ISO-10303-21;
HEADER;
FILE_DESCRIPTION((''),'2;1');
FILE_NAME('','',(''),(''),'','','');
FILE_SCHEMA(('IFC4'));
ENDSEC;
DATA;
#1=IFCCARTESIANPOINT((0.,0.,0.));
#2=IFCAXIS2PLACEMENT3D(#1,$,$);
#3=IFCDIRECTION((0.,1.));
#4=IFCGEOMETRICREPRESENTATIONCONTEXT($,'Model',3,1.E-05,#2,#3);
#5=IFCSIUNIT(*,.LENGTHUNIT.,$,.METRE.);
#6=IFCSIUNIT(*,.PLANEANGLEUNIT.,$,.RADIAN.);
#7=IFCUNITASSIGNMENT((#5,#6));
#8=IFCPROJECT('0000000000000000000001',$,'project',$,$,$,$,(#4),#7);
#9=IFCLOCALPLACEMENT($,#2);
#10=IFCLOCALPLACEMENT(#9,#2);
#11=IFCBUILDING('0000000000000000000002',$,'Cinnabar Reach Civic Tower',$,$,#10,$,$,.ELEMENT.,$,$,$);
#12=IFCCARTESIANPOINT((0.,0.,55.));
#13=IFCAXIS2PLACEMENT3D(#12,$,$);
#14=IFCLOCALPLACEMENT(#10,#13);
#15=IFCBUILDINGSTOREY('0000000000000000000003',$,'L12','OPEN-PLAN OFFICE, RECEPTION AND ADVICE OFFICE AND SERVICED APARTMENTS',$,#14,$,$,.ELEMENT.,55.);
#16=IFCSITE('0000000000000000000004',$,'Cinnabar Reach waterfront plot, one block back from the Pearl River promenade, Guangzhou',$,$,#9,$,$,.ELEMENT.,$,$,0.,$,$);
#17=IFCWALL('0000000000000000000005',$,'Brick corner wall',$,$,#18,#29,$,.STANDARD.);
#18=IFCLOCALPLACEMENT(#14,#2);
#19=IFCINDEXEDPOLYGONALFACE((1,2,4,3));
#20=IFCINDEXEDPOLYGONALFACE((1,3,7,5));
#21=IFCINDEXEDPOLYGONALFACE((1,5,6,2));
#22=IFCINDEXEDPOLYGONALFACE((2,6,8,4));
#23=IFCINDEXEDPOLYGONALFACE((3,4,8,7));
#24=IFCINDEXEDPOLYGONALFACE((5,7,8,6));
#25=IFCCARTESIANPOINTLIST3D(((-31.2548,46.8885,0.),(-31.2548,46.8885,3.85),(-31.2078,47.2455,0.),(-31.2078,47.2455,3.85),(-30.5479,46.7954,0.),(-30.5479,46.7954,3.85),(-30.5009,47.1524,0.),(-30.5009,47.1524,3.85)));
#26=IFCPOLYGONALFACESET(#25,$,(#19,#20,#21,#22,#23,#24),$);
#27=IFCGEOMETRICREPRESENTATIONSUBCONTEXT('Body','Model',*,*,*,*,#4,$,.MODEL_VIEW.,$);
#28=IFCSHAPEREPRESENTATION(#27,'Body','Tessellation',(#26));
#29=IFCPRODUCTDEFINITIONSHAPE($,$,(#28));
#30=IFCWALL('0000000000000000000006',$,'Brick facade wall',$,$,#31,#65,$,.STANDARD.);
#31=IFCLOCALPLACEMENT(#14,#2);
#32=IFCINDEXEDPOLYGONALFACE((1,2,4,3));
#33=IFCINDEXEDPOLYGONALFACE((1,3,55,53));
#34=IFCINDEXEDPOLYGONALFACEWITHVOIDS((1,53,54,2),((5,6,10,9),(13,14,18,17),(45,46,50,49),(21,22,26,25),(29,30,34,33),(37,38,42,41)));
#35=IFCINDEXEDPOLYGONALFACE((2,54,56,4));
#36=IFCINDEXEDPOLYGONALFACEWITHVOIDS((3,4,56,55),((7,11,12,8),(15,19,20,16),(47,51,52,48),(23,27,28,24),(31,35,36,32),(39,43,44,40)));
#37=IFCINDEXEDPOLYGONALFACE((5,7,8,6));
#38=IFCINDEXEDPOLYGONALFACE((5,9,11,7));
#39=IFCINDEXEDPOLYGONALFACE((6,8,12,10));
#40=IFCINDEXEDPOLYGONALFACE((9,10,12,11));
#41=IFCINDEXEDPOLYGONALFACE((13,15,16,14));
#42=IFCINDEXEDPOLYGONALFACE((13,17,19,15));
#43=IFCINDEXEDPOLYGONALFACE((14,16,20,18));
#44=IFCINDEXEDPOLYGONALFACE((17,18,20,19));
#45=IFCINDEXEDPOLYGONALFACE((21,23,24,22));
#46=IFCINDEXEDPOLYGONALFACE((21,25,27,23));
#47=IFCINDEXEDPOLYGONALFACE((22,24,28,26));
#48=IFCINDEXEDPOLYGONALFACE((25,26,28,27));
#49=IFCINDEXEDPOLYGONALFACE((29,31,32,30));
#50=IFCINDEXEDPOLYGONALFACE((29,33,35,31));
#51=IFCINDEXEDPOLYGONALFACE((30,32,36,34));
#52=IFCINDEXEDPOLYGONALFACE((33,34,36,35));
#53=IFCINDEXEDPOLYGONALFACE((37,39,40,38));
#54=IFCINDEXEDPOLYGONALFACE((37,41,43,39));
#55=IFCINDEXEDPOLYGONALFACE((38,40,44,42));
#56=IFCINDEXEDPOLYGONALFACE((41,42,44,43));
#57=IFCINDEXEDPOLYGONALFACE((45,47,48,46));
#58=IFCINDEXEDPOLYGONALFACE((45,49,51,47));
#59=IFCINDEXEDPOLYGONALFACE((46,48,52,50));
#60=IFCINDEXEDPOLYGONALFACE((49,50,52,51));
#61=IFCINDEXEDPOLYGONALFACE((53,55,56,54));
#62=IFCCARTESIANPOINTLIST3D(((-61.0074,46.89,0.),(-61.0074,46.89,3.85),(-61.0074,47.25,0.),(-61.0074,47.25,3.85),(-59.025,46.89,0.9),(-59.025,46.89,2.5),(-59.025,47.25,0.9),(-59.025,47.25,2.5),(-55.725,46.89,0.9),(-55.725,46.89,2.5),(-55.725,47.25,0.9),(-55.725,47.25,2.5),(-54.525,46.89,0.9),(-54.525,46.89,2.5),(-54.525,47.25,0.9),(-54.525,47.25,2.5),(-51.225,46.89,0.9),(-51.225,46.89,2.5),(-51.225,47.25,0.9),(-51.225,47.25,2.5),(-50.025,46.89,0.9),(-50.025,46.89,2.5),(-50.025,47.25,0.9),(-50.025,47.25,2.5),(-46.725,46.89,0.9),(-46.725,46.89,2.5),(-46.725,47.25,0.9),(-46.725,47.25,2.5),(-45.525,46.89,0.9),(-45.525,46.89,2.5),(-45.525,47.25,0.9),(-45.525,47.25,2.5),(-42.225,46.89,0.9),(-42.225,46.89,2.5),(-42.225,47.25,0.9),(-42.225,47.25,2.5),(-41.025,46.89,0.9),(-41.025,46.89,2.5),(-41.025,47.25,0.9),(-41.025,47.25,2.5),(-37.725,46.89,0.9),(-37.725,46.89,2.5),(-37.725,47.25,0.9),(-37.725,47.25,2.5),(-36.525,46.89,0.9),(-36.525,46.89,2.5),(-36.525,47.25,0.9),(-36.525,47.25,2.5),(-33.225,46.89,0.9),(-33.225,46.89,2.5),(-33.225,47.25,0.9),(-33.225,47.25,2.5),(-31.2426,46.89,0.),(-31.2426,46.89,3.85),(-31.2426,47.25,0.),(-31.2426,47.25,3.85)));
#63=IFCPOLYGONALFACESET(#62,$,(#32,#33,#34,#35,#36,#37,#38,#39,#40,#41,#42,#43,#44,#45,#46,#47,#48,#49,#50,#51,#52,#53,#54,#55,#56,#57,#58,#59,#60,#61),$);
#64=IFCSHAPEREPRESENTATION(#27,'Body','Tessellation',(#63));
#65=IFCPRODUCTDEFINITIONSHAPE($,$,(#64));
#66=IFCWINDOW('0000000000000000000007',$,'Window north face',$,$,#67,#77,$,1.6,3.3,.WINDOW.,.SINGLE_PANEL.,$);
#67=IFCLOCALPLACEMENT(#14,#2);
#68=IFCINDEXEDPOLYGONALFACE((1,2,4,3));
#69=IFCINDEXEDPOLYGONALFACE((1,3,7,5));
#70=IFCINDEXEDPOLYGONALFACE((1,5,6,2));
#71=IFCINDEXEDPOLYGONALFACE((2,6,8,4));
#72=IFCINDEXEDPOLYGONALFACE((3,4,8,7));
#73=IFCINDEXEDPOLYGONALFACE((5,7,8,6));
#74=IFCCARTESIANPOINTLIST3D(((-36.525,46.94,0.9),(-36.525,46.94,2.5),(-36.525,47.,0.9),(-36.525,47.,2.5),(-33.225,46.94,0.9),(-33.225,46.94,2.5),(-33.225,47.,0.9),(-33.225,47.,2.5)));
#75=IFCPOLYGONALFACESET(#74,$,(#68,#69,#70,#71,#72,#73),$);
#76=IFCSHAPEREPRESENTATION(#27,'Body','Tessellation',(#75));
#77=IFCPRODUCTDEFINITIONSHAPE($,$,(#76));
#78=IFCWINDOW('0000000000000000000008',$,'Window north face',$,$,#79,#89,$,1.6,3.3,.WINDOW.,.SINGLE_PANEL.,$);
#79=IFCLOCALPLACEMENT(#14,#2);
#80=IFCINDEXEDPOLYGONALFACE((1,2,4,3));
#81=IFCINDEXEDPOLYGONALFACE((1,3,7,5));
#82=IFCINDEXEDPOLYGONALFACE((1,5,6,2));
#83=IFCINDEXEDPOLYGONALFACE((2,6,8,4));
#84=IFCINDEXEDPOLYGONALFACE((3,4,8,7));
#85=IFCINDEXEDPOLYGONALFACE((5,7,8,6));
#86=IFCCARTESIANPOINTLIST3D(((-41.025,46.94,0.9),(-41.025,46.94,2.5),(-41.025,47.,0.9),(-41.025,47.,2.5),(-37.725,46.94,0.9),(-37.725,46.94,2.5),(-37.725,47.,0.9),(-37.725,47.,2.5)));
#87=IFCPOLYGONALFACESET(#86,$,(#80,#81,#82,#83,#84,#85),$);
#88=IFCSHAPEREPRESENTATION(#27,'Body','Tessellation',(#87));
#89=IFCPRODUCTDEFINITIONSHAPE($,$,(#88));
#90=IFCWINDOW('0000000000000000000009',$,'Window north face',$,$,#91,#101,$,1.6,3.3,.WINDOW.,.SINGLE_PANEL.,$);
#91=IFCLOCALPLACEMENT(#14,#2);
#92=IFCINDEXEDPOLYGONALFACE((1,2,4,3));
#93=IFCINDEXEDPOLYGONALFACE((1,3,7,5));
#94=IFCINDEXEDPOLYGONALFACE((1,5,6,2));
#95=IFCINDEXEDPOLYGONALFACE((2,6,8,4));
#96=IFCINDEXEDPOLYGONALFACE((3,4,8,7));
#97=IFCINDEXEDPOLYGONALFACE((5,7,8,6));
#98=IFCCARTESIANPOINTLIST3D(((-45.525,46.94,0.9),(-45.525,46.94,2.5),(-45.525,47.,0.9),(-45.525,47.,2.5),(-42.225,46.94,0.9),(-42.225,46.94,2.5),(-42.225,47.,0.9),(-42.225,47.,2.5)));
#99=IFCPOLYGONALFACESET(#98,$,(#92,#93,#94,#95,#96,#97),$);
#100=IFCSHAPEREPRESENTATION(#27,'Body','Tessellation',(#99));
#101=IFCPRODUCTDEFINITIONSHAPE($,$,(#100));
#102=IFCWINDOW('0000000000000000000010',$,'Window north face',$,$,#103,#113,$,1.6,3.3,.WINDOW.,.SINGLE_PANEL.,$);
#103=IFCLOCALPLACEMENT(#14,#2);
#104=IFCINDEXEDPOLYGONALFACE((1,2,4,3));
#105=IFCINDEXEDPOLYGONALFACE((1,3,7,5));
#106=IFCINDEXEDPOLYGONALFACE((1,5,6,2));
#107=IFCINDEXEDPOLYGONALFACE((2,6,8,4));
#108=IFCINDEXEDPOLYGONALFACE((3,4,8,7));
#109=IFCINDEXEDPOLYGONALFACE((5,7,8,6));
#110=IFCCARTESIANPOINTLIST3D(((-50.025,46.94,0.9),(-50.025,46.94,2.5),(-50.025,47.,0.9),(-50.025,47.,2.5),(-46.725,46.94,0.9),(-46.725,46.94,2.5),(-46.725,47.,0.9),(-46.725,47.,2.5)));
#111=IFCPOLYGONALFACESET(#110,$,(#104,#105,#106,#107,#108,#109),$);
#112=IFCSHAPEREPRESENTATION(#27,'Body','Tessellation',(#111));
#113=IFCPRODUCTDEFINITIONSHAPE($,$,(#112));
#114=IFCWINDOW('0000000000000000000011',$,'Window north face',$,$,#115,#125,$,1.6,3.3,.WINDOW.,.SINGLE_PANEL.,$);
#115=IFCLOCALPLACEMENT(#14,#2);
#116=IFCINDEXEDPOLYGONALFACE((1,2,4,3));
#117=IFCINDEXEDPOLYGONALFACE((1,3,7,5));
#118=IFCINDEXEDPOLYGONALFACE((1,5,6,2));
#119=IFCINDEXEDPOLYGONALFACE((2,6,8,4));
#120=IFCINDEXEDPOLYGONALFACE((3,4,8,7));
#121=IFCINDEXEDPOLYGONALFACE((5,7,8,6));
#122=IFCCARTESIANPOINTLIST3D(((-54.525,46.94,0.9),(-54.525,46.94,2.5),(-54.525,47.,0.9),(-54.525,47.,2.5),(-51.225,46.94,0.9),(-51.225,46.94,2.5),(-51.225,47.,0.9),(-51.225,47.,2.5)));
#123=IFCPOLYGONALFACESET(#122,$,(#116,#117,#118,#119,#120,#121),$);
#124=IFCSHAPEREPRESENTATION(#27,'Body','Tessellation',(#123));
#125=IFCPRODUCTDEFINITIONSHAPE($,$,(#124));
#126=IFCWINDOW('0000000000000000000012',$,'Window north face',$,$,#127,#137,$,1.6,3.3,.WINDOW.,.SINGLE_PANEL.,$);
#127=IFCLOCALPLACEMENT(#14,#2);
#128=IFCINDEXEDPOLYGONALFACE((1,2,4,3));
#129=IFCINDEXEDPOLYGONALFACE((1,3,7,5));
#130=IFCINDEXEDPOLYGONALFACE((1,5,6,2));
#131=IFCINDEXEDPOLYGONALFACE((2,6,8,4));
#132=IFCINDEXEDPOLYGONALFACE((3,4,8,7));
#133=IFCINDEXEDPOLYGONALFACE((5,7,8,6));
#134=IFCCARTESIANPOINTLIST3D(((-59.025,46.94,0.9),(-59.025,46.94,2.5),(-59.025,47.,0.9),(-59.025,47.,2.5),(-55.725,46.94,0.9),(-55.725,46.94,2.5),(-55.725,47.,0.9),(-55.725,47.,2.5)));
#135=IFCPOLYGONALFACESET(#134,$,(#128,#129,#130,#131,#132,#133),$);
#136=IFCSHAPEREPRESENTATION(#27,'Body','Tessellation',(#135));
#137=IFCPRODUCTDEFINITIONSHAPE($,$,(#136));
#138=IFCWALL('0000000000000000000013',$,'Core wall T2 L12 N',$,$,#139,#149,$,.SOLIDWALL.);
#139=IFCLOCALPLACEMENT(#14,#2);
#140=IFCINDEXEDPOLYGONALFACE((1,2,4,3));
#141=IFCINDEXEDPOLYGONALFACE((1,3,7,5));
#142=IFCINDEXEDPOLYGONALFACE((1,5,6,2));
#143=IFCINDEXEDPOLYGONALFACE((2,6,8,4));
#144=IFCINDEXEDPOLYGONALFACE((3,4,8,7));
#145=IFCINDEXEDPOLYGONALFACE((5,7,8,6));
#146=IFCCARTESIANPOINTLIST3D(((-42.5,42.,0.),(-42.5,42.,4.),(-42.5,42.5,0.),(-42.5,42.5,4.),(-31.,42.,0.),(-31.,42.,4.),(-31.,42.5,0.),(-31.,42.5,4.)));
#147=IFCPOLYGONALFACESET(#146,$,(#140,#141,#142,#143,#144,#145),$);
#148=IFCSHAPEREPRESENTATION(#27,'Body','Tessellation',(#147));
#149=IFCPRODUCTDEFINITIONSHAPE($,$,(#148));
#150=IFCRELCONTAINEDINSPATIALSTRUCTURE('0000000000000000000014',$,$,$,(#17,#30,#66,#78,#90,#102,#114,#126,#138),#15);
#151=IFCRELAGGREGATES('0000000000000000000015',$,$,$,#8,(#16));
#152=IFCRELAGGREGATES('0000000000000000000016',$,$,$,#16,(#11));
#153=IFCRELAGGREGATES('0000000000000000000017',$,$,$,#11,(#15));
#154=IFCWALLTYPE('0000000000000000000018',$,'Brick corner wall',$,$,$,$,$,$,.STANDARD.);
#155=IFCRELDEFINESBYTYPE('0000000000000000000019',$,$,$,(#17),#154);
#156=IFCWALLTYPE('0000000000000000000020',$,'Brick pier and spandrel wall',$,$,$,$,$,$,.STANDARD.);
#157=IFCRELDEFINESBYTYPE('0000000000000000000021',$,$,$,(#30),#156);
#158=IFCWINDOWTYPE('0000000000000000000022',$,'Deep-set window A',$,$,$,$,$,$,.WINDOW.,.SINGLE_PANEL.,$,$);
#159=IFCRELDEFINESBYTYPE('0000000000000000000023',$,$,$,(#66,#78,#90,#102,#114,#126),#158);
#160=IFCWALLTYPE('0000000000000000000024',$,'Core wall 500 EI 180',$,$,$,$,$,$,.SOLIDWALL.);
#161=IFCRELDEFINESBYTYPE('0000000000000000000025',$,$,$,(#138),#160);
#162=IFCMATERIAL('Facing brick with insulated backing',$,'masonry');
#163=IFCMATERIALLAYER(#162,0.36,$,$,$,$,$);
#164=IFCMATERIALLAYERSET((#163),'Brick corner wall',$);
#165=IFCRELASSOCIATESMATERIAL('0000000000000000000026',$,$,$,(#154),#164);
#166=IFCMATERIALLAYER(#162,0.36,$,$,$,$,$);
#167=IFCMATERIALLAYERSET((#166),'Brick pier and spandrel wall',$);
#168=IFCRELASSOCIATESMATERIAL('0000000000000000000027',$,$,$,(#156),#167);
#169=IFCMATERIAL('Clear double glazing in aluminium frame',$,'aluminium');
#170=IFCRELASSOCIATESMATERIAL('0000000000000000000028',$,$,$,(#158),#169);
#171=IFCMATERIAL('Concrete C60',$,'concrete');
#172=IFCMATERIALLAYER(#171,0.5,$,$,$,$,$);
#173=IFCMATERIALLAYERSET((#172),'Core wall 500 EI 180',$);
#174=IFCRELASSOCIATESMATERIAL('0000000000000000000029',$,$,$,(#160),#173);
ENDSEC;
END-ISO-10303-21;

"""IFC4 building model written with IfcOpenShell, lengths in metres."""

from ifc_helpers import new_model, si_unit, direction, frame, frame_2d, origin, place, context, subcontext, project, spatial, rectangle, extrude, material, layer, layer_set, type_object, element, fill, save


model = new_model("IFC4")

# Units and contexts
model_context = context("Model", 3, precision=1e-05, world=origin(), true_north=direction((0.0, 1.0)))
body_context = subcontext(model_context, "Body", "Model", "MODEL_VIEW")
ifc_project = project(units=[si_unit("LENGTHUNIT", "METRE"), si_unit("PLANEANGLEUNIT", "RADIAN")], contexts=[model_context])

# Site, building, storey
site_placement = place(None, origin())
site = spatial("IfcSite", under=ifc_project, at=site_placement, Name="Cinnabar Reach waterfront plot, one block back from the Pearl River promenade, Guangzhou", CompositionType="ELEMENT", RefElevation=0.0)
building_placement = place(site_placement, origin())
building = spatial("IfcBuilding", under=site, at=building_placement, Name="Cinnabar Reach Civic Tower", CompositionType="ELEMENT")
storey_placement = place(building_placement, frame((0.0, 0.0, 55.0)))
storey = spatial("IfcBuildingStorey", under=building, at=storey_placement, Name="L12", Description="OPEN-PLAN OFFICE, RECEPTION AND ADVICE OFFICE AND SERVICED APARTMENTS", CompositionType="ELEMENT", Elevation=55.0)

# Shared definitions
ifc_material_1 = material(Name="Concrete C60", Category="concrete")

# Wall
ifc_material_2 = material(Name="Facing brick with insulated backing", Category="masonry")
ifc_layer_1 = layer(ifc_material_2, 0.36)
ifc_layer_set_1 = layer_set([ifc_layer_1], Name="Brick corner wall")
wall_type_1 = type_object("IfcWallType", Name="Brick corner wall", PredefinedType="STANDARD", material=ifc_layer_set_1)
for number, where, z_axis, x_axis, name in (
    (1, (-30.5244, 46.9739, 0.0), (0.0, 0.0, 1.0), (-0.991441, 0.130556, 0.0), "Brick corner wall"),
):
    element("IfcWall", number, at=place(storey_placement, frame(where, z_axis=z_axis, x_axis=x_axis)), inside=storey, type_object=wall_type_1, Name=name, PredefinedType="STANDARD", context=body_context, shape_type="SweptSolid", body=[
        extrude(rectangle(XDim=0.7131, YDim=0.36, at=frame_2d((0.3565, 0.0))), origin(), (0.0, 0.0, 1.0), 3.85),
    ])

# Wall, openings, windows
ifc_layer_2 = layer(ifc_material_2, 0.36)
ifc_layer_set_2 = layer_set([ifc_layer_2], Name="Brick pier and spandrel wall")
wall_type_2 = type_object("IfcWallType", Name="Brick pier and spandrel wall", PredefinedType="STANDARD", material=ifc_layer_set_2)
wall_1_placement = place(storey_placement, frame((-31.2426, 47.07, 0.0), z_axis=(0.0, 0.0, 1.0), x_axis=(-1.0, 0.0, 0.0)))
wall_1 = element("IfcWall", 2, at=wall_1_placement, inside=storey, type_object=wall_type_2, Name="Brick facade wall", PredefinedType="STANDARD", context=body_context, shape_type="SweptSolid", body=[
    extrude(rectangle(XDim=29.7648, YDim=0.36, at=frame_2d((14.8824, 0.0))), origin(), (0.0, 0.0, 1.0), 3.85),
])
opening_1_placement = place(wall_1_placement, frame((1.9824, 0.0, 0.9)))
opening_1 = element("IfcOpeningElement", 3, at=opening_1_placement, cuts=wall_1, PredefinedType="OPENING", context=body_context, shape_type="SweptSolid", body=[
    extrude(rectangle(XDim=3.3, YDim=1.6, at=frame_2d((1.65, 0.8))), frame((0.0, 0.19, 0.0), z_axis=(0.0, -1.0, 0.0), x_axis=(1.0, 0.0, 0.0)), (0.0, 0.0, 1.0), 0.38),
])
opening_2_placement = place(wall_1_placement, frame((6.4824, 0.0, 0.9)))
opening_2 = element("IfcOpeningElement", 4, at=opening_2_placement, cuts=wall_1, PredefinedType="OPENING", context=body_context, shape_type="SweptSolid", body=[
    extrude(rectangle(XDim=3.3, YDim=1.6, at=frame_2d((1.65, 0.8))), frame((0.0, 0.19, 0.0), z_axis=(0.0, -1.0, 0.0), x_axis=(1.0, 0.0, 0.0)), (0.0, 0.0, 1.0), 0.38),
])
opening_3_placement = place(wall_1_placement, frame((10.9824, 0.0, 0.9)))
opening_3 = element("IfcOpeningElement", 5, at=opening_3_placement, cuts=wall_1, PredefinedType="OPENING", context=body_context, shape_type="SweptSolid", body=[
    extrude(rectangle(XDim=3.3, YDim=1.6, at=frame_2d((1.65, 0.8))), frame((0.0, 0.19, 0.0), z_axis=(0.0, -1.0, 0.0), x_axis=(1.0, 0.0, 0.0)), (0.0, 0.0, 1.0), 0.38),
])
opening_4_placement = place(wall_1_placement, frame((15.4824, 0.0, 0.9)))
opening_4 = element("IfcOpeningElement", 6, at=opening_4_placement, cuts=wall_1, PredefinedType="OPENING", context=body_context, shape_type="SweptSolid", body=[
    extrude(rectangle(XDim=3.3, YDim=1.6, at=frame_2d((1.65, 0.8))), frame((0.0, 0.19, 0.0), z_axis=(0.0, -1.0, 0.0), x_axis=(1.0, 0.0, 0.0)), (0.0, 0.0, 1.0), 0.38),
])
opening_5_placement = place(wall_1_placement, frame((19.9824, 0.0, 0.9)))
opening_5 = element("IfcOpeningElement", 7, at=opening_5_placement, cuts=wall_1, PredefinedType="OPENING", context=body_context, shape_type="SweptSolid", body=[
    extrude(rectangle(XDim=3.3, YDim=1.6, at=frame_2d((1.65, 0.8))), frame((0.0, 0.19, 0.0), z_axis=(0.0, -1.0, 0.0), x_axis=(1.0, 0.0, 0.0)), (0.0, 0.0, 1.0), 0.38),
])
opening_6_placement = place(wall_1_placement, frame((24.4824, 0.0, 0.9)))
opening_6 = element("IfcOpeningElement", 8, at=opening_6_placement, cuts=wall_1, PredefinedType="OPENING", context=body_context, shape_type="SweptSolid", body=[
    extrude(rectangle(XDim=3.3, YDim=1.6, at=frame_2d((1.65, 0.8))), frame((0.0, 0.19, 0.0), z_axis=(0.0, -1.0, 0.0), x_axis=(1.0, 0.0, 0.0)), (0.0, 0.0, 1.0), 0.38),
])
ifc_material_3 = material(Name="Clear double glazing in aluminium frame", Category="aluminium")
window_type = type_object("IfcWindowType", Name="Deep-set window A", PartitioningType="SINGLE_PANEL", PredefinedType="WINDOW", material=ifc_material_3)
window_1_placement = place(opening_1_placement, origin())
window_1 = element("IfcWindow", 9, at=window_1_placement, inside=storey, type_object=window_type, Name="Window north face", OverallHeight=1.6, OverallWidth=3.3, PartitioningType="SINGLE_PANEL", PredefinedType="WINDOW", context=body_context, shape_type="SweptSolid", body=[
    extrude(rectangle(XDim=3.3, YDim=1.6, at=frame_2d((1.65, 0.8))), frame((0.0, 0.13, 0.0), z_axis=(0.0, -1.0, 0.0), x_axis=(1.0, 0.0, 0.0)), (0.0, 0.0, 1.0), 0.06),
])
fill(opening_1, window_1)
window_2_placement = place(opening_2_placement, origin())
window_2 = element("IfcWindow", 10, at=window_2_placement, inside=storey, type_object=window_type, Name="Window north face", OverallHeight=1.6, OverallWidth=3.3, PartitioningType="SINGLE_PANEL", PredefinedType="WINDOW", context=body_context, shape_type="SweptSolid", body=[
    extrude(rectangle(XDim=3.3, YDim=1.6, at=frame_2d((1.65, 0.8))), frame((0.0, 0.13, 0.0), z_axis=(0.0, -1.0, 0.0), x_axis=(1.0, 0.0, 0.0)), (0.0, 0.0, 1.0), 0.06),
])
fill(opening_2, window_2)
window_3_placement = place(opening_3_placement, origin())
window_3 = element("IfcWindow", 11, at=window_3_placement, inside=storey, type_object=window_type, Name="Window north face", OverallHeight=1.6, OverallWidth=3.3, PartitioningType="SINGLE_PANEL", PredefinedType="WINDOW", context=body_context, shape_type="SweptSolid", body=[
    extrude(rectangle(XDim=3.3, YDim=1.6, at=frame_2d((1.65, 0.8))), frame((0.0, 0.13, 0.0), z_axis=(0.0, -1.0, 0.0), x_axis=(1.0, 0.0, 0.0)), (0.0, 0.0, 1.0), 0.06),
])
fill(opening_3, window_3)
window_4_placement = place(opening_4_placement, origin())
window_4 = element("IfcWindow", 12, at=window_4_placement, inside=storey, type_object=window_type, Name="Window north face", OverallHeight=1.6, OverallWidth=3.3, PartitioningType="SINGLE_PANEL", PredefinedType="WINDOW", context=body_context, shape_type="SweptSolid", body=[
    extrude(rectangle(XDim=3.3, YDim=1.6, at=frame_2d((1.65, 0.8))), frame((0.0, 0.13, 0.0), z_axis=(0.0, -1.0, 0.0), x_axis=(1.0, 0.0, 0.0)), (0.0, 0.0, 1.0), 0.06),
])
fill(opening_4, window_4)
window_5_placement = place(opening_5_placement, origin())
window_5 = element("IfcWindow", 13, at=window_5_placement, inside=storey, type_object=window_type, Name="Window north face", OverallHeight=1.6, OverallWidth=3.3, PartitioningType="SINGLE_PANEL", PredefinedType="WINDOW", context=body_context, shape_type="SweptSolid", body=[
    extrude(rectangle(XDim=3.3, YDim=1.6, at=frame_2d((1.65, 0.8))), frame((0.0, 0.13, 0.0), z_axis=(0.0, -1.0, 0.0), x_axis=(1.0, 0.0, 0.0)), (0.0, 0.0, 1.0), 0.06),
])
fill(opening_5, window_5)
window_6_placement = place(opening_6_placement, origin())
window_6 = element("IfcWindow", 14, at=window_6_placement, inside=storey, type_object=window_type, Name="Window north face", OverallHeight=1.6, OverallWidth=3.3, PartitioningType="SINGLE_PANEL", PredefinedType="WINDOW", context=body_context, shape_type="SweptSolid", body=[
    extrude(rectangle(XDim=3.3, YDim=1.6, at=frame_2d((1.65, 0.8))), frame((0.0, 0.13, 0.0), z_axis=(0.0, -1.0, 0.0), x_axis=(1.0, 0.0, 0.0)), (0.0, 0.0, 1.0), 0.06),
])
fill(opening_6, window_6)

# Wall
ifc_layer_3 = layer(ifc_material_1, 0.5)
ifc_layer_set_3 = layer_set([ifc_layer_3], Name="Core wall 500 EI 180")
wall_type_3 = type_object("IfcWallType", Name="Core wall 500 EI 180", PredefinedType="SOLIDWALL", material=ifc_layer_set_3)
wall_2_placement = place(storey_placement, frame((-31.0, 42.25, 0.0), z_axis=(0.0, 0.0, 1.0), x_axis=(-1.0, 0.0, 0.0)))
element("IfcWall", 15, at=wall_2_placement, inside=storey, type_object=wall_type_3, Name="Core wall T2 L12 N", PredefinedType="SOLIDWALL", context=body_context, shape_type="SweptSolid", body=[
    extrude(rectangle(XDim=11.5, YDim=0.5, at=frame_2d((5.75, 0.0))), origin(), (0.0, 0.0, 1.0), 4.0),
])

save(model, "model.ifc")
